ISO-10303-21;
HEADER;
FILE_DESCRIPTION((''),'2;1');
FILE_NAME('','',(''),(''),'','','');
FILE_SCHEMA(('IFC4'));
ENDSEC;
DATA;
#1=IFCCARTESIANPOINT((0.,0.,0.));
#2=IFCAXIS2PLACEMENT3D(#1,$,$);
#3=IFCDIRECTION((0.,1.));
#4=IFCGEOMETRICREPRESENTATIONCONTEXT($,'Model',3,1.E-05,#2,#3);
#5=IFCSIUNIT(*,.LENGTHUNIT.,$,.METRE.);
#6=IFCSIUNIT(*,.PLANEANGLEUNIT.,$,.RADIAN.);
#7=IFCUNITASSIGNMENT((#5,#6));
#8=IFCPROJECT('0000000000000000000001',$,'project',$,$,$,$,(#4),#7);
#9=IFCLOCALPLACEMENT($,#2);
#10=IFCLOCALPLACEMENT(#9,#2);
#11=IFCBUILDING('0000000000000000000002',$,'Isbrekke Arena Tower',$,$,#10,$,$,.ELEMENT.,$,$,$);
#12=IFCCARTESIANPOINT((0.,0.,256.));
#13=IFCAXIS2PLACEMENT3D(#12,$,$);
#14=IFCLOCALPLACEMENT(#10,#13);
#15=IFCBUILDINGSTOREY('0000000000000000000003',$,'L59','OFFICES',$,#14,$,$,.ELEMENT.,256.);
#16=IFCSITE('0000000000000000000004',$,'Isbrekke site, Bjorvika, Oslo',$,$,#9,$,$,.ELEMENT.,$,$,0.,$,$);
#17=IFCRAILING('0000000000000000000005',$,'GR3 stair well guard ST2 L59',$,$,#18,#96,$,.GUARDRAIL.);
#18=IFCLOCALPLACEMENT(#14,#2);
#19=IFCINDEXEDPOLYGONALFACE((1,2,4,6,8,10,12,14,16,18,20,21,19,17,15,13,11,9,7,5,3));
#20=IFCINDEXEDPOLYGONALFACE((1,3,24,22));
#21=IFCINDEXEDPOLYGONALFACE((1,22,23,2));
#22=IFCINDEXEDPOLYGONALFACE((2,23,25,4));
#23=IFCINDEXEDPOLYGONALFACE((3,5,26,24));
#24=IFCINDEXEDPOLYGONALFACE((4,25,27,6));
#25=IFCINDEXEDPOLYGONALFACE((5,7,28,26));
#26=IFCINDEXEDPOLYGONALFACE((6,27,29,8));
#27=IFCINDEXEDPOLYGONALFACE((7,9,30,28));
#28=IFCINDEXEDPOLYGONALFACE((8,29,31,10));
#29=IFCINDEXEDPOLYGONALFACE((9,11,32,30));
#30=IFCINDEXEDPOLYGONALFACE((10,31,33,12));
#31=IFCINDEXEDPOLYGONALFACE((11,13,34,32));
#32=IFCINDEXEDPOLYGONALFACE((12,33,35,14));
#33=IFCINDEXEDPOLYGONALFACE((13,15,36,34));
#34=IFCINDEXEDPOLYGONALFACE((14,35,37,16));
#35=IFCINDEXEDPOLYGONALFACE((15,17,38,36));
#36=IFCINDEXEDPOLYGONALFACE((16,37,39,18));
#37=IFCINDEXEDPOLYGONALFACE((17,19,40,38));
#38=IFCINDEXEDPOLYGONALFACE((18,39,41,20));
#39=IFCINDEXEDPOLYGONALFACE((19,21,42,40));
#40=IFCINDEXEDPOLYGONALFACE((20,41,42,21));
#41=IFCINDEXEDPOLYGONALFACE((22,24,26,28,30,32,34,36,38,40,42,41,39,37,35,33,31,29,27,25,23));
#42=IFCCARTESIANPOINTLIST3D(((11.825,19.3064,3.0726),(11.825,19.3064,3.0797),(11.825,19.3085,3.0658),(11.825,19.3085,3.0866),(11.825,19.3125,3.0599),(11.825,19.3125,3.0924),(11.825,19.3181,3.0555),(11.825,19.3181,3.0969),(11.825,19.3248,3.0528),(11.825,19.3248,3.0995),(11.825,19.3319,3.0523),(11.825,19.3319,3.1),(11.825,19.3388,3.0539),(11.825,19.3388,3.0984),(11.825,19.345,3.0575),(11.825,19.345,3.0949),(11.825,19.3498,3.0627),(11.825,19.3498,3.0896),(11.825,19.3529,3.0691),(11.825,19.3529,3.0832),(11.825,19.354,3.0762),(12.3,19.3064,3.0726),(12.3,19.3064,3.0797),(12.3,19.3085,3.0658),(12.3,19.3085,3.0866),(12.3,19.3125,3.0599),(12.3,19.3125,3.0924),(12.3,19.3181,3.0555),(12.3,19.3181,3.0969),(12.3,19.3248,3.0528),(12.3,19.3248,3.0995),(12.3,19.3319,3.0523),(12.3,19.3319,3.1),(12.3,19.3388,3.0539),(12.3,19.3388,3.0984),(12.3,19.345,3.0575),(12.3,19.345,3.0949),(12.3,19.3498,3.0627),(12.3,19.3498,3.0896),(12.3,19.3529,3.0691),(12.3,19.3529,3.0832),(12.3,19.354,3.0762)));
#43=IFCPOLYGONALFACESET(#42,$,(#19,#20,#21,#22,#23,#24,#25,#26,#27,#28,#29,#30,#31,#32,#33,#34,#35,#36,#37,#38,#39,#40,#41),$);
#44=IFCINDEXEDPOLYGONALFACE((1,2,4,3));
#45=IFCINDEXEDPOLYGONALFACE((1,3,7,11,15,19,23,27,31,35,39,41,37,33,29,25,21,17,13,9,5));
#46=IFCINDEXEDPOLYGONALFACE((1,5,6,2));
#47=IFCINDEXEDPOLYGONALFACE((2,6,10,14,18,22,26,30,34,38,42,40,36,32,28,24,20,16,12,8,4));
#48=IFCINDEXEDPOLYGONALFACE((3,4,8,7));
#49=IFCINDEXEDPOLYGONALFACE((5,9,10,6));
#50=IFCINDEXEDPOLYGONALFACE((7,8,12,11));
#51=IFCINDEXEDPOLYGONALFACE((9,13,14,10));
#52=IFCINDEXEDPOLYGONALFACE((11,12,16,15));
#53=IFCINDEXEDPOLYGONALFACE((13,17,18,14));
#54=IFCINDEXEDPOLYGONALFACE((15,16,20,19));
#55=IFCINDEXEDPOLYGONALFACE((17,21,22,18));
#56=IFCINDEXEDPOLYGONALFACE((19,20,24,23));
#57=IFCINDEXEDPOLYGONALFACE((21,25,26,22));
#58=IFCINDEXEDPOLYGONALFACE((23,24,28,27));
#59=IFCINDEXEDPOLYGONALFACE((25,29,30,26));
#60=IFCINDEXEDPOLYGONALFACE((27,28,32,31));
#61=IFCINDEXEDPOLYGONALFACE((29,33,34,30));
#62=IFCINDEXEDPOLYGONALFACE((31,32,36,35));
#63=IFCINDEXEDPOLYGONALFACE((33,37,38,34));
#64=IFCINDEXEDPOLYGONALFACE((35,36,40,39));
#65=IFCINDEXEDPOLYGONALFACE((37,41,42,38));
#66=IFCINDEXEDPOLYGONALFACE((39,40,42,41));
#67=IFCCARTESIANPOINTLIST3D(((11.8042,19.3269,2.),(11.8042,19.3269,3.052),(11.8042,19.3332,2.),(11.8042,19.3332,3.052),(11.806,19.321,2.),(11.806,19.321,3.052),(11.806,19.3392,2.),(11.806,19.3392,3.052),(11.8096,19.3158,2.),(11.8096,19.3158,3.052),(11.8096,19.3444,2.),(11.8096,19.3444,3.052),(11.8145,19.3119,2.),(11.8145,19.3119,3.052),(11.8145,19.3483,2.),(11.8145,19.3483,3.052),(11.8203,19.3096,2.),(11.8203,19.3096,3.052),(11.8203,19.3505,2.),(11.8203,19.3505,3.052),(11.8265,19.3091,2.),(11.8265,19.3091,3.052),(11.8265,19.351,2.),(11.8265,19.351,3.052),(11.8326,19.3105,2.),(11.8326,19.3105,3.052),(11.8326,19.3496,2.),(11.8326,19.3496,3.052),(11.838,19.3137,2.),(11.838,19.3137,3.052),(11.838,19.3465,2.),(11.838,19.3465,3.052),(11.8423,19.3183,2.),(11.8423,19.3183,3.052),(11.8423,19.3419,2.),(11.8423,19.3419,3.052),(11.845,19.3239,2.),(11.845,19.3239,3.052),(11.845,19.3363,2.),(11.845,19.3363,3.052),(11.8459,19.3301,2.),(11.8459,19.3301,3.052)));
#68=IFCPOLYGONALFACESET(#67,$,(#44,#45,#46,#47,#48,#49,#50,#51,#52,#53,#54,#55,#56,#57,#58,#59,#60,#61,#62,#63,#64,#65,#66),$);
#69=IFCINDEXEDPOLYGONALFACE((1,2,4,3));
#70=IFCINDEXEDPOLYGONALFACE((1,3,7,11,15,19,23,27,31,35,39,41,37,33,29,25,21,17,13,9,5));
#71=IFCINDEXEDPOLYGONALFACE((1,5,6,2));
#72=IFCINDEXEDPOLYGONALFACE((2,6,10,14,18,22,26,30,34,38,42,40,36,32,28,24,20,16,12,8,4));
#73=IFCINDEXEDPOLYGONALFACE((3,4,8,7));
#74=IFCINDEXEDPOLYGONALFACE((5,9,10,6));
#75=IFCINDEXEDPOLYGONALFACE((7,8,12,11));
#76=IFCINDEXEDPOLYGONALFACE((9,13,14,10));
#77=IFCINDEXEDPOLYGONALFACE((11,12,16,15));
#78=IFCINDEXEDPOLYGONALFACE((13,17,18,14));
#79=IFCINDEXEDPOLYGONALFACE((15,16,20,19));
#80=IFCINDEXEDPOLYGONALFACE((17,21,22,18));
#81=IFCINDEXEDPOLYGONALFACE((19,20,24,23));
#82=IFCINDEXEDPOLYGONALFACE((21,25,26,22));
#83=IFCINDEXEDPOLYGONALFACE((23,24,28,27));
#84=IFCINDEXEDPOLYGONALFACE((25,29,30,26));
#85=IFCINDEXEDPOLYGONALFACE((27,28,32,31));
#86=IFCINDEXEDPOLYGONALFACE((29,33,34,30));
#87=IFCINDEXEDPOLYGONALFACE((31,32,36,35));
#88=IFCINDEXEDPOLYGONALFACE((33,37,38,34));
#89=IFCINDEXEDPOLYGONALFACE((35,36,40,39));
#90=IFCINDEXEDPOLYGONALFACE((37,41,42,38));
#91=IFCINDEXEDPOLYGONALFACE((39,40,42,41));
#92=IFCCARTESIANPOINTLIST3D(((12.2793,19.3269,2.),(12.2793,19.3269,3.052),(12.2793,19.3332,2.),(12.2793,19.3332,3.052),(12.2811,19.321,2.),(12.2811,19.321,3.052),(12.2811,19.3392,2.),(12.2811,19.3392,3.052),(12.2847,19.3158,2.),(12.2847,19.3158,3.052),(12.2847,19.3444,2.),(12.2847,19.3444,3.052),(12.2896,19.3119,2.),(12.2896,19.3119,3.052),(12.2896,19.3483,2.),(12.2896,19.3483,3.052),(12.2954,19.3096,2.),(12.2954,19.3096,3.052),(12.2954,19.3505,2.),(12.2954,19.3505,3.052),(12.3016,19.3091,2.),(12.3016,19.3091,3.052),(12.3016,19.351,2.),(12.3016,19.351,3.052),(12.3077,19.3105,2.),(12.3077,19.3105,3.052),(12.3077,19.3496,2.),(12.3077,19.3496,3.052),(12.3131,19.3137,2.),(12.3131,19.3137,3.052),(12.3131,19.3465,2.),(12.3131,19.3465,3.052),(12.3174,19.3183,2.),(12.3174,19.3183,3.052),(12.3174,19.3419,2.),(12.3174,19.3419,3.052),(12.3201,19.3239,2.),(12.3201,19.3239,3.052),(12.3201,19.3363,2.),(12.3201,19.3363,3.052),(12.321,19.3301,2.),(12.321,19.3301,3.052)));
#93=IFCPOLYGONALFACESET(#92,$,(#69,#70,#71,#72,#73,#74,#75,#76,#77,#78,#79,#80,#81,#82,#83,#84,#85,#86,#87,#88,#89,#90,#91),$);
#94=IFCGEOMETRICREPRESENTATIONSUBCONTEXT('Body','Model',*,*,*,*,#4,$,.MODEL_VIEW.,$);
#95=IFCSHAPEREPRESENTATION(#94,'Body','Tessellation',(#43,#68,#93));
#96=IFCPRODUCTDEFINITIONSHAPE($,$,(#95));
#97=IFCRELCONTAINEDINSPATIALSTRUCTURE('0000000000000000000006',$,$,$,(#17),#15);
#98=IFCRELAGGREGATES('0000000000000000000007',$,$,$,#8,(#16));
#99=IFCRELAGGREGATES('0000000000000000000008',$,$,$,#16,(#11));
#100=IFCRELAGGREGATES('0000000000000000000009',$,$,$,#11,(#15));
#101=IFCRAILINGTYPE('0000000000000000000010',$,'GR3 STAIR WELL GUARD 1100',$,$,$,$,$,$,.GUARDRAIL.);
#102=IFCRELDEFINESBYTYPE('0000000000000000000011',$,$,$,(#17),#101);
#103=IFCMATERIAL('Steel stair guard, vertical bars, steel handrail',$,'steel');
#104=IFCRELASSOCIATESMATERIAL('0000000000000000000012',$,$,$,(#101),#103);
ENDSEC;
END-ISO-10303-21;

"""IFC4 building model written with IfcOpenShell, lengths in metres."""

from ifc_helpers import new_model, si_unit, direction, frame, origin, origin_2d, place, context, subcontext, project, spatial, circle, extrude, material, type_object, element, save


model = new_model("IFC4")

# Units and contexts
model_context = context("Model", 3, precision=1e-05, world=origin(), true_north=direction((0.0, 1.0)))
body_context = subcontext(model_context, "Body", "Model", "MODEL_VIEW")
ifc_project = project(units=[si_unit("LENGTHUNIT", "METRE"), si_unit("PLANEANGLEUNIT", "RADIAN")], contexts=[model_context])

# Site, building, storey
site_placement = place(None, origin())
site = spatial("IfcSite", under=ifc_project, at=site_placement, Name="Isbrekke site, Bjorvika, Oslo", CompositionType="ELEMENT", RefElevation=0.0)
building_placement = place(site_placement, origin())
building = spatial("IfcBuilding", under=site, at=building_placement, Name="Isbrekke Arena Tower", CompositionType="ELEMENT")
storey_placement = place(building_placement, frame((0.0, 0.0, 256.0)))
storey = spatial("IfcBuildingStorey", under=building, at=storey_placement, Name="L59", Description="OFFICES", CompositionType="ELEMENT", Elevation=256.0)

# Railing
ifc_material_1 = material(Name="Steel stair guard, vertical bars, steel handrail", Category="steel")
railing_type = type_object("IfcRailingType", Name="GR3 STAIR WELL GUARD 1100", PredefinedType="GUARDRAIL", material=ifc_material_1)
for number, where, name in (
    (1, (11.825, 19.3301, 2.0), "GR3 stair well guard ST2 L59"),
):
    element("IfcRailing", number, at=place(storey_placement, frame(where)), inside=storey, type_object=railing_type, Name=name, PredefinedType="GUARDRAIL", context=body_context, shape_type="SweptSolid", body=[
        extrude(circle(Radius=0.0239, at=origin_2d()), frame((0.0, 0.0, 1.0762), z_axis=(1.0, 0.0, 0.0), x_axis=(0.0, 1.0, 0.0)), (0.0, 0.0, 1.0), 0.4751),
        extrude(circle(Radius=0.021, at=origin_2d()), origin(), (0.0, 0.0, 1.0), 1.052),
        extrude(circle(Radius=0.021, at=origin_2d()), frame((0.4751, 0.0, 0.0)), (0.0, 0.0, 1.0), 1.052),
    ])

save(model, "model.ifc")
